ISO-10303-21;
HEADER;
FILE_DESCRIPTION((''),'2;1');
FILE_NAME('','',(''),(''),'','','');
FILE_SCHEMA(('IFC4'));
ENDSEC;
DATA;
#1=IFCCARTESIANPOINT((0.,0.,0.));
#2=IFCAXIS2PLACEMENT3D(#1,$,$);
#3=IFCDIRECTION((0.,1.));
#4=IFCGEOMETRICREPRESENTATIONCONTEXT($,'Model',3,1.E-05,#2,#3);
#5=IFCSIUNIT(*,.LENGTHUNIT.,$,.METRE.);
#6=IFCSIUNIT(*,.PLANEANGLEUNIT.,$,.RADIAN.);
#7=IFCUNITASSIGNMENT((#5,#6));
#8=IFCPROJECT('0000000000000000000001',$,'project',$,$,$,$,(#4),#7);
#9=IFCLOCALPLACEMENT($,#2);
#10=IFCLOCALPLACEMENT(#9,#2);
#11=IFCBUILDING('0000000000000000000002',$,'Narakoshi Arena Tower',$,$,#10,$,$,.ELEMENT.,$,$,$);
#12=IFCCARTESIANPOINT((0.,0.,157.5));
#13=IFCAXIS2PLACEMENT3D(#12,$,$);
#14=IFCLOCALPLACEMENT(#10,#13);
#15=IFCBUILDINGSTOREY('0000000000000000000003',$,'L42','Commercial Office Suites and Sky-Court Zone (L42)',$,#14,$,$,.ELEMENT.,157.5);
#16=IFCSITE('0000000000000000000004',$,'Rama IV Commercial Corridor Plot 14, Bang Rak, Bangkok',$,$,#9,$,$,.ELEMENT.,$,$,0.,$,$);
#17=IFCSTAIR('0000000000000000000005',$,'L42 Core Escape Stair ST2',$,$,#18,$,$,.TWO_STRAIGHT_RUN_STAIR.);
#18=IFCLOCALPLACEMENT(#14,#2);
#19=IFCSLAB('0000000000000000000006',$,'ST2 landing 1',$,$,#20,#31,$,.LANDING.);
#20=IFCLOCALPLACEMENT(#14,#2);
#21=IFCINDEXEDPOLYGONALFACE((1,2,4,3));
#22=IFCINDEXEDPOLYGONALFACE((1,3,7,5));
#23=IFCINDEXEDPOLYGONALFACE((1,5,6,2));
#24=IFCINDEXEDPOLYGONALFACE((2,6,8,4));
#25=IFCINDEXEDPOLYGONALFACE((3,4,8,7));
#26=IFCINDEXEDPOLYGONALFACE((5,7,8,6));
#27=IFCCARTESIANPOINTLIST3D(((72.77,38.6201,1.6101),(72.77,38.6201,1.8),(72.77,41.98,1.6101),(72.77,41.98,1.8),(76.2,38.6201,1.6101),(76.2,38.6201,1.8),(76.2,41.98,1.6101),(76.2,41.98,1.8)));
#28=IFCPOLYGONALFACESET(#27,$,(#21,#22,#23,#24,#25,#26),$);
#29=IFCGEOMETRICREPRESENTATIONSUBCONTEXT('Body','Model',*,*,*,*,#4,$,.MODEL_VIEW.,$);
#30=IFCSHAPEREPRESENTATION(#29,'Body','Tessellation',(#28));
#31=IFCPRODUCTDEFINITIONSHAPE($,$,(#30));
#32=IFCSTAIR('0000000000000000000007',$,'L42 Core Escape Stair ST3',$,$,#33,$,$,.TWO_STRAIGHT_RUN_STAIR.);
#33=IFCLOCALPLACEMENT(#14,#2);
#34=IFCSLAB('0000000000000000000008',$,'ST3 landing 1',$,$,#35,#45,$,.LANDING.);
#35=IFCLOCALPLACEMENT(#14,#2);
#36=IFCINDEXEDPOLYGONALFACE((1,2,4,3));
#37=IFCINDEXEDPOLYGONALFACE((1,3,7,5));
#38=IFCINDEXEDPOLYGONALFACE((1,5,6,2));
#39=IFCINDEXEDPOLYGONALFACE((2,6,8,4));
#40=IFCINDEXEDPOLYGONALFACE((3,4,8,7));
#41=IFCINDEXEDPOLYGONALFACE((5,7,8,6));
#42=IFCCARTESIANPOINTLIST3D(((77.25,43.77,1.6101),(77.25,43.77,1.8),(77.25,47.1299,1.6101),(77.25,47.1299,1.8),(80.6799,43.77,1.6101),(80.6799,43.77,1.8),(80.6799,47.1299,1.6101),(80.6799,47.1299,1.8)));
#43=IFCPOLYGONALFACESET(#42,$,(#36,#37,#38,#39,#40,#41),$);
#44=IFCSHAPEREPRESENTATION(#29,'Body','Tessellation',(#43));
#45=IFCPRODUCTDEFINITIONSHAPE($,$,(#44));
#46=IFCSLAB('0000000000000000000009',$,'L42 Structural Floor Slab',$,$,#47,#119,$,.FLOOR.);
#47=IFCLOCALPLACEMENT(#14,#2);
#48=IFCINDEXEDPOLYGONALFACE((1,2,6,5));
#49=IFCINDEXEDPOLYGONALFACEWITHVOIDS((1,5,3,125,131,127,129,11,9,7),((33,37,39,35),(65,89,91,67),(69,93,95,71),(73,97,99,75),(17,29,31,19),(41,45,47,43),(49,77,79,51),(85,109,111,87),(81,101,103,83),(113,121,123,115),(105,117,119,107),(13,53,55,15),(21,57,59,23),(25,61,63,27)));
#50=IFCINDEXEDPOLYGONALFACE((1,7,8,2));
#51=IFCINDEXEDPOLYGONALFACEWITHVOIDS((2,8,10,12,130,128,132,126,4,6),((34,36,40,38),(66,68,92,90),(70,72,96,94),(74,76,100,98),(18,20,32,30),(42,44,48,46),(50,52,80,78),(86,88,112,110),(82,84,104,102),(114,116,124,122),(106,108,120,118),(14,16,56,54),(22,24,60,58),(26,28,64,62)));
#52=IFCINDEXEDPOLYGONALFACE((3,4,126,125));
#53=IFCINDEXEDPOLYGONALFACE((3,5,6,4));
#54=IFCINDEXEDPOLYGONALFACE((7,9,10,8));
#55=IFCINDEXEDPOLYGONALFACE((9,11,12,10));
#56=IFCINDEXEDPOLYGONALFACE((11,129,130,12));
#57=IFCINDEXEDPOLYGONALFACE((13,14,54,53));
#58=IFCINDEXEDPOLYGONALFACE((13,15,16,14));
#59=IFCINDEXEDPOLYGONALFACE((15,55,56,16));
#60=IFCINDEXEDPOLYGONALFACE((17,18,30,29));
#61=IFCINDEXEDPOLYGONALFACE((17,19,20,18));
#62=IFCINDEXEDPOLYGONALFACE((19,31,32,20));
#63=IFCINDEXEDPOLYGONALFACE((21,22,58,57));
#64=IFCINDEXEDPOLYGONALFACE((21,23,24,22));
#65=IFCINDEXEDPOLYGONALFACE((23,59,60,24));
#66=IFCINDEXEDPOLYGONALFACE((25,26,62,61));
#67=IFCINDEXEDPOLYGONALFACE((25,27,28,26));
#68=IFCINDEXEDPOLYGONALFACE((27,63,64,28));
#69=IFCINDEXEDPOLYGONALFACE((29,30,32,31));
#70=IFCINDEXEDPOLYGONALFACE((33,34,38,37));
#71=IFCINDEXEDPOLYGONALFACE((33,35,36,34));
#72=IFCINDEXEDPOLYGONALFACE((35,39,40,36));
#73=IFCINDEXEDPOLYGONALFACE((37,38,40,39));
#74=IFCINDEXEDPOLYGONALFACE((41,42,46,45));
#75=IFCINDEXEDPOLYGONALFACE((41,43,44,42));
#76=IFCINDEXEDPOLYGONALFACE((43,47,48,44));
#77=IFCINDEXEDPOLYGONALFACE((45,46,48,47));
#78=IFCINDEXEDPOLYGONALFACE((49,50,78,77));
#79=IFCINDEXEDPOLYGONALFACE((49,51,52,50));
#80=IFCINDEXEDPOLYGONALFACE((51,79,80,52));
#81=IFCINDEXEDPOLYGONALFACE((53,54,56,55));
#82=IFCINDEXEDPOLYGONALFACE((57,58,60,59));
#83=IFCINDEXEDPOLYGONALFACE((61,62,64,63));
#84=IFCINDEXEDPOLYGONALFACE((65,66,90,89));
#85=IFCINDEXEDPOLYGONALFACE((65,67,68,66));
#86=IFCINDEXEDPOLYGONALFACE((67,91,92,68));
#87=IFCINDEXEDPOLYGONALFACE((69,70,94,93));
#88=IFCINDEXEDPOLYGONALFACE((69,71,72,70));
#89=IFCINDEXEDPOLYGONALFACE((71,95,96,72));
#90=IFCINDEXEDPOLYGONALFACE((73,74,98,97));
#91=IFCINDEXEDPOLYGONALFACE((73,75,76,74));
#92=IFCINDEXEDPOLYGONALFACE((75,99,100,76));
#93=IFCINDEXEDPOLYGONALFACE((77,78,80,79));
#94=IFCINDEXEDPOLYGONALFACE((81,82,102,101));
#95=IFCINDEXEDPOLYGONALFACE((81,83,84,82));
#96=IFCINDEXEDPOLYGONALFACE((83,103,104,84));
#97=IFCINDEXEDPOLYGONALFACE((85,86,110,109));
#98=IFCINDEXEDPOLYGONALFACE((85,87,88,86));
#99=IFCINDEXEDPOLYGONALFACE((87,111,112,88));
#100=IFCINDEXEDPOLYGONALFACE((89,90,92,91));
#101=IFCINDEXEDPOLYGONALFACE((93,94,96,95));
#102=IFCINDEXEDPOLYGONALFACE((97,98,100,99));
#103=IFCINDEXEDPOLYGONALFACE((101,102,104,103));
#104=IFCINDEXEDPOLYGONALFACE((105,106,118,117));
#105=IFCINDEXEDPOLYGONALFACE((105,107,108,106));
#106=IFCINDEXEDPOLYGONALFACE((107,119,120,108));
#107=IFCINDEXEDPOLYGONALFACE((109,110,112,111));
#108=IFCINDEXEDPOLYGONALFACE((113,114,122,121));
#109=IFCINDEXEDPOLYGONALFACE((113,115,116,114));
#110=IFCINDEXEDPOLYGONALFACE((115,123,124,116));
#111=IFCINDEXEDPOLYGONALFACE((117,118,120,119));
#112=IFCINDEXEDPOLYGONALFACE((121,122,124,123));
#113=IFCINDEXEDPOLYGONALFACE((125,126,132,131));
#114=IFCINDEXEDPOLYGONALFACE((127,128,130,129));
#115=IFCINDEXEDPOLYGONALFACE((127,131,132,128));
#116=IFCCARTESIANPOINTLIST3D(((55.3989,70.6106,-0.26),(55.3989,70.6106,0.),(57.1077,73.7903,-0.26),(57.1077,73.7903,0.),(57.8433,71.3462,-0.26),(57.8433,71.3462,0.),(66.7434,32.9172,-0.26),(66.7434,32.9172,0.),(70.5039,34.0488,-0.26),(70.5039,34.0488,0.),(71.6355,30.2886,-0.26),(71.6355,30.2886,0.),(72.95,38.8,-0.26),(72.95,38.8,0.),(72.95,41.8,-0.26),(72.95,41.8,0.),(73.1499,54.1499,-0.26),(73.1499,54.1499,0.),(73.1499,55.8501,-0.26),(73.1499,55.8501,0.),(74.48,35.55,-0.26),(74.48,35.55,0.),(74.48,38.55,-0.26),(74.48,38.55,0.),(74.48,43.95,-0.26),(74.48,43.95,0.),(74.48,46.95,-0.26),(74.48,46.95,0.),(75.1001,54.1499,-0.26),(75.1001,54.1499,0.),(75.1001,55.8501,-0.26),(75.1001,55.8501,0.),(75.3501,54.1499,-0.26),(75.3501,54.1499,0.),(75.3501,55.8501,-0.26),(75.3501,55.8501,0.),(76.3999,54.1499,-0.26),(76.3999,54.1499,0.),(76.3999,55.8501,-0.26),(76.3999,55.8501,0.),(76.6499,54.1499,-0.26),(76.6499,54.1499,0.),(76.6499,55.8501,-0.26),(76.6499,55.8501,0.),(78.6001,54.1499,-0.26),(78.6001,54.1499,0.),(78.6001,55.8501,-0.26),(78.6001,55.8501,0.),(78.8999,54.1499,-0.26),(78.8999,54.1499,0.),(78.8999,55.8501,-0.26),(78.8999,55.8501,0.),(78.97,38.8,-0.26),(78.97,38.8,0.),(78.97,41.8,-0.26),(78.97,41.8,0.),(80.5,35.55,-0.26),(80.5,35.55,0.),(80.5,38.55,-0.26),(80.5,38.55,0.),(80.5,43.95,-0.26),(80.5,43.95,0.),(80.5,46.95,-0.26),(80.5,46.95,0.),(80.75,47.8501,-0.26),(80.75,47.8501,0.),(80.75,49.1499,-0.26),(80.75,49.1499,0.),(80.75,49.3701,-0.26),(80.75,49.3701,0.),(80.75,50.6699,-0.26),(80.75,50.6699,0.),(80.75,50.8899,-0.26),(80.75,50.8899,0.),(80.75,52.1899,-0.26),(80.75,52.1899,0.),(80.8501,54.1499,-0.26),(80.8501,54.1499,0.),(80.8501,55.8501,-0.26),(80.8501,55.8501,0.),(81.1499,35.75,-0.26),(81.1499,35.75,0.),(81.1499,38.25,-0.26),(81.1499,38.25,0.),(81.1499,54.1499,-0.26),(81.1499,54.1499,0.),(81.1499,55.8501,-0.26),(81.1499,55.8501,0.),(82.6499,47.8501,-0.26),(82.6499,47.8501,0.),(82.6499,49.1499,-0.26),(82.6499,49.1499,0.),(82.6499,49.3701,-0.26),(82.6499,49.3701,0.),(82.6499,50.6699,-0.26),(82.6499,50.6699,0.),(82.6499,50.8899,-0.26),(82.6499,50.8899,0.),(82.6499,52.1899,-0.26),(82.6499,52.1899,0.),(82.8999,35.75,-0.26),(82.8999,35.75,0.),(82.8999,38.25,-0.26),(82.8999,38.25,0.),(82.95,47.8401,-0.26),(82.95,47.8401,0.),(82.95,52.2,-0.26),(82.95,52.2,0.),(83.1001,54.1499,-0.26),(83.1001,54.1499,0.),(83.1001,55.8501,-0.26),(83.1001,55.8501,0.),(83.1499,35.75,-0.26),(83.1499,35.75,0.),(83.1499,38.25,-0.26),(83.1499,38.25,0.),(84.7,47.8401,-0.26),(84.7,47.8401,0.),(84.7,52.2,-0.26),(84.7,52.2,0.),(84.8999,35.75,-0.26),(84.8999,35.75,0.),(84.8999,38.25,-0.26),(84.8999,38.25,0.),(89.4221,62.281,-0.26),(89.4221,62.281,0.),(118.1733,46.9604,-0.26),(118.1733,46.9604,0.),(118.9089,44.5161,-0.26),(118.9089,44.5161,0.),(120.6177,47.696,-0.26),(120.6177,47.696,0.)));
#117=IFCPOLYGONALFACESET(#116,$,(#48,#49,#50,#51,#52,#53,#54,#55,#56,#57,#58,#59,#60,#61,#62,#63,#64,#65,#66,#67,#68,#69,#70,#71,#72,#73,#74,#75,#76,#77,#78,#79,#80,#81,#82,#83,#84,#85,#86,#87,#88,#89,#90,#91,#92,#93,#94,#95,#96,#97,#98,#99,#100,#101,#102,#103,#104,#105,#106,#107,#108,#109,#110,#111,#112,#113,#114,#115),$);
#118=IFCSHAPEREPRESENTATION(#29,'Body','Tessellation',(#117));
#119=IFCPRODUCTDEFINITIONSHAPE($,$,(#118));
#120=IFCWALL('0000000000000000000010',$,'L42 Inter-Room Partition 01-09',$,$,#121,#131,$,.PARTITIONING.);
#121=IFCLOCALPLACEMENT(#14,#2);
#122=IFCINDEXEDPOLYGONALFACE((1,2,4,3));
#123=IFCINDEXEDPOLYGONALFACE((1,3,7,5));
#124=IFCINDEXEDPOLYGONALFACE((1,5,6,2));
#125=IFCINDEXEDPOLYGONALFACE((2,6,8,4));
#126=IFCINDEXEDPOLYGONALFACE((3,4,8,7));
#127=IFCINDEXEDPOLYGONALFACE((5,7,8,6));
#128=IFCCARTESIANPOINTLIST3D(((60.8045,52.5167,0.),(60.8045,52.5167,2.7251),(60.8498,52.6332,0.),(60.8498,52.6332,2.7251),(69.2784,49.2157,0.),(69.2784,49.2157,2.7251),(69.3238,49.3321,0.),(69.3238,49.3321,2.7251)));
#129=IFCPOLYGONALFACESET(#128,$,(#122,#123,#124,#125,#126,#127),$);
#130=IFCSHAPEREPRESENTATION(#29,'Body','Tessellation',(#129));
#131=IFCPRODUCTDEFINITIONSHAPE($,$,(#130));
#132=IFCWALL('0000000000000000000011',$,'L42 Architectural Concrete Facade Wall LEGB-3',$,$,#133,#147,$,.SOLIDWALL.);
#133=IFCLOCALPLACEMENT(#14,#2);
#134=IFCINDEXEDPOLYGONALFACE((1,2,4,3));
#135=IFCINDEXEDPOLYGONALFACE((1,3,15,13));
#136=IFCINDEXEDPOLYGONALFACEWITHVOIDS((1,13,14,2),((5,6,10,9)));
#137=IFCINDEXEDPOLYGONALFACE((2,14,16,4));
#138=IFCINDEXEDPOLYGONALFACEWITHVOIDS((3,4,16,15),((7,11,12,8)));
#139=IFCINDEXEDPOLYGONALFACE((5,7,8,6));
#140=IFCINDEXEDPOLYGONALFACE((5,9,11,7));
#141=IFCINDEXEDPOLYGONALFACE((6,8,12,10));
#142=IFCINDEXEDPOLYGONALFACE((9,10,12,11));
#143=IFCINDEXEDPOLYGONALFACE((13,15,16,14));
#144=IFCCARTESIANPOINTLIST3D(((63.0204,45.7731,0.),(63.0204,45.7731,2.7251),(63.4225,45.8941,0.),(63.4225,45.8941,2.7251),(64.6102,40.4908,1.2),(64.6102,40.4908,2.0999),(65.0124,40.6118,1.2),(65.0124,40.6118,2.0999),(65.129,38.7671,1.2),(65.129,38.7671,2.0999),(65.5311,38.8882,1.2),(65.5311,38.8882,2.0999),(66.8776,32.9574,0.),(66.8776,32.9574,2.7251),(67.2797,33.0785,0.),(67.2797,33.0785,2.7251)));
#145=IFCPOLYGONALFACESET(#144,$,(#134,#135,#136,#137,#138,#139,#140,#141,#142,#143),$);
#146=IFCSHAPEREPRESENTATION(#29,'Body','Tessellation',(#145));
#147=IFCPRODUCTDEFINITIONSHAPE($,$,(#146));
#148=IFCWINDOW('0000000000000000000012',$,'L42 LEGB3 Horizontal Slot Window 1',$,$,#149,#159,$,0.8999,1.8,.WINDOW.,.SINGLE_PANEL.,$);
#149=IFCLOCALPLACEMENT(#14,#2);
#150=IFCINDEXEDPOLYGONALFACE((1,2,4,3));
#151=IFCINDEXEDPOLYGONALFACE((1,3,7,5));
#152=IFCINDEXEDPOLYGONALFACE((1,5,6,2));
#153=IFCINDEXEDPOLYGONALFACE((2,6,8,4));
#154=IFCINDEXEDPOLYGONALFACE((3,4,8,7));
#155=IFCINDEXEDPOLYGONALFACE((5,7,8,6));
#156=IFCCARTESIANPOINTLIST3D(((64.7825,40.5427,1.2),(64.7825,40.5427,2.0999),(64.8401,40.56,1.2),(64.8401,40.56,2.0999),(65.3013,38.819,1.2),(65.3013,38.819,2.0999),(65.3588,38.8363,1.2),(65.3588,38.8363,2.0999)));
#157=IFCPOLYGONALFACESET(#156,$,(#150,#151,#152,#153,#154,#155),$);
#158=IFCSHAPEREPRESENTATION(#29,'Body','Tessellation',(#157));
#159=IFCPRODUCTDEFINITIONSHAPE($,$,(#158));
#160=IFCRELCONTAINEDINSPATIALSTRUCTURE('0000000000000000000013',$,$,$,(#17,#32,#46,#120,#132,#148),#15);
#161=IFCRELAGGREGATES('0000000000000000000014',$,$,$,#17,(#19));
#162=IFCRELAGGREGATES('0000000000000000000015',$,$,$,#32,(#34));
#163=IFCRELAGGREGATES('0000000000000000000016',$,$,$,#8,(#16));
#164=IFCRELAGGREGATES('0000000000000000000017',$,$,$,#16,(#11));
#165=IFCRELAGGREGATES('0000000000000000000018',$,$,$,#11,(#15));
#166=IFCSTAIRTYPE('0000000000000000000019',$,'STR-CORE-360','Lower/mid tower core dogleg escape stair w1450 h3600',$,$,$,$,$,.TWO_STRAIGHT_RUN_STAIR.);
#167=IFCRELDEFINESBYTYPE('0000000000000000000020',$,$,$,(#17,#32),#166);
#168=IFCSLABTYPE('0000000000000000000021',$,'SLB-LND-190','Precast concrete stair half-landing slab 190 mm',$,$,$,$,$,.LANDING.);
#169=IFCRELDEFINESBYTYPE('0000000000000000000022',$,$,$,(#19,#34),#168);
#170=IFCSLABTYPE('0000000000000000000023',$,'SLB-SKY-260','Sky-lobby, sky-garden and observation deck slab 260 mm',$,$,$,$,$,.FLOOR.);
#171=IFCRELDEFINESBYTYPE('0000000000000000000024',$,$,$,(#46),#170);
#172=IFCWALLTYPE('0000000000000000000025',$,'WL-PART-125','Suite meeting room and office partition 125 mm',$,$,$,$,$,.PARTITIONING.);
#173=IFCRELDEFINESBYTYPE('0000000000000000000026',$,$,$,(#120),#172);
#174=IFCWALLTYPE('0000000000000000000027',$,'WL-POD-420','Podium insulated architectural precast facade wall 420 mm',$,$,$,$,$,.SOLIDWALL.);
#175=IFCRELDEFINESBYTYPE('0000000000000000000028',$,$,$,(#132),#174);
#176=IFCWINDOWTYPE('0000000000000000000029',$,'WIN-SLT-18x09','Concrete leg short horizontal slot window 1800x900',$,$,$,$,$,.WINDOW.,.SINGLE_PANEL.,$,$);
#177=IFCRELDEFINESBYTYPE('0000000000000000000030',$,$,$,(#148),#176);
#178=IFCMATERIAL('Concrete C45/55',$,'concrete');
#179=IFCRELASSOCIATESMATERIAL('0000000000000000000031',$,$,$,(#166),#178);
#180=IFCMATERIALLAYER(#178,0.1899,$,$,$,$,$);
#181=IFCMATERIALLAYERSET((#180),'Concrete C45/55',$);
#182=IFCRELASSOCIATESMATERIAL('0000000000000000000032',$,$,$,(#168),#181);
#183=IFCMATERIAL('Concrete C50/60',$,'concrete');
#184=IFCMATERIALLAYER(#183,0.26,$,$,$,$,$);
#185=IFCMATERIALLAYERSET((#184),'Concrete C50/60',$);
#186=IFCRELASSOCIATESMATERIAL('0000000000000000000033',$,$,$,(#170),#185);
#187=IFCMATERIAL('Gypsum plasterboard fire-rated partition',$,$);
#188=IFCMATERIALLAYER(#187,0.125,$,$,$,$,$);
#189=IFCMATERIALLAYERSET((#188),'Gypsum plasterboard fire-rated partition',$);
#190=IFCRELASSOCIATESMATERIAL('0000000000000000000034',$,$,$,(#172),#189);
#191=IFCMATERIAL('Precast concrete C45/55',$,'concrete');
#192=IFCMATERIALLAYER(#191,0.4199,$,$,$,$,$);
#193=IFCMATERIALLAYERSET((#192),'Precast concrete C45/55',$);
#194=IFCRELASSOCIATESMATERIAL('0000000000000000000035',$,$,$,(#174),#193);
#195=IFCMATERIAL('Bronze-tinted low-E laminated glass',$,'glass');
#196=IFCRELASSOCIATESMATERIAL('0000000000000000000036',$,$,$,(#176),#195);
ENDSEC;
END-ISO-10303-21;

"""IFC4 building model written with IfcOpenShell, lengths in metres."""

from ifc_helpers import new_model, si_unit, direction, frame, frame_2d, origin, place, context, subcontext, project, spatial, polyline, rectangle, outline, extrude, material, layer, layer_set, type_object, element, fill, aggregate, save


model = new_model("IFC4")

# Units and contexts
model_context = context("Model", 3, precision=1e-05, world=origin(), true_north=direction((0.0, 1.0)))
body_context = subcontext(model_context, "Body", "Model", "MODEL_VIEW")
ifc_project = project(units=[si_unit("LENGTHUNIT", "METRE"), si_unit("PLANEANGLEUNIT", "RADIAN")], contexts=[model_context])

# Site, building, storey
site_placement = place(None, origin())
site = spatial("IfcSite", under=ifc_project, at=site_placement, Name="Rama IV Commercial Corridor Plot 14, Bang Rak, Bangkok", CompositionType="ELEMENT", RefElevation=0.0)
building_placement = place(site_placement, origin())
building = spatial("IfcBuilding", under=site, at=building_placement, Name="Narakoshi Arena Tower", CompositionType="ELEMENT")
storey_placement = place(building_placement, frame((0.0, 0.0, 157.5)))
storey = spatial("IfcBuildingStorey", under=building, at=storey_placement, Name="L42", Description="Commercial Office Suites and Sky-Court Zone (L42)", CompositionType="ELEMENT", Elevation=157.5)

# Stairs, slabs
ifc_material_1 = material(Name="Concrete C45/55", Category="concrete")
stair_type = type_object("IfcStairType", Name="STR-CORE-360", Description="Lower/mid tower core dogleg escape stair w1450 h3600", PredefinedType="TWO_STRAIGHT_RUN_STAIR", material=ifc_material_1)
ifc_layer_1 = layer(ifc_material_1, 0.1899)
ifc_layer_set_1 = layer_set([ifc_layer_1], Name="Concrete C45/55")
slab_type_1 = type_object("IfcSlabType", Name="SLB-LND-190", Description="Precast concrete stair half-landing slab 190 mm", PredefinedType="LANDING", material=ifc_layer_set_1)
stair_1_placement = place(storey_placement, origin())
stair_1 = element("IfcStair", 1, at=stair_1_placement, inside=storey, type_object=stair_type, Name="L42 Core Escape Stair ST2", PredefinedType="TWO_STRAIGHT_RUN_STAIR")
slab_1_placement = place(storey_placement, frame((0.0, 0.0, 1.6101)))
slab_1 = element("IfcSlab", 2, at=slab_1_placement, type_object=slab_type_1, Name="ST2 landing 1", PredefinedType="LANDING", context=body_context, shape_type="SweptSolid", body=[
    extrude(outline(polyline([(72.77, 38.6201), (76.2, 38.6201), (76.2, 41.98), (72.77, 41.98), (72.77, 38.6201)])), origin(), (0.0, 0.0, 1.0), 0.1899),
])
aggregate(stair_1, [slab_1])
stair_2_placement = place(storey_placement, origin())
stair_2 = element("IfcStair", 3, at=stair_2_placement, inside=storey, type_object=stair_type, Name="L42 Core Escape Stair ST3", PredefinedType="TWO_STRAIGHT_RUN_STAIR")
slab_2_placement = place(storey_placement, frame((0.0, 0.0, 1.6101)))
slab_2 = element("IfcSlab", 4, at=slab_2_placement, type_object=slab_type_1, Name="ST3 landing 1", PredefinedType="LANDING", context=body_context, shape_type="SweptSolid", body=[
    extrude(outline(polyline([(77.25, 43.77), (80.6799, 43.77), (80.6799, 47.1299), (77.25, 47.1299), (77.25, 43.77)])), origin(), (0.0, 0.0, 1.0), 0.1899),
])
aggregate(stair_2, [slab_2])

# Slab
ifc_material_2 = material(Name="Concrete C50/60", Category="concrete")
ifc_layer_2 = layer(ifc_material_2, 0.26)
ifc_layer_set_2 = layer_set([ifc_layer_2], Name="Concrete C50/60")
slab_type_2 = type_object("IfcSlabType", Name="SLB-SKY-260", Description="Sky-lobby, sky-garden and observation deck slab 260 mm", PredefinedType="FLOOR", material=ifc_layer_set_2)
slab_3_placement = place(storey_placement, frame((0.0, 0.0, -0.26)))
element("IfcSlab", 5, at=slab_3_placement, inside=storey, type_object=slab_type_2, Name="L42 Structural Floor Slab", PredefinedType="FLOOR", context=body_context, shape_type="SweptSolid", body=[
    extrude(outline(polyline([(71.6355, 30.2886), (118.9089, 44.5161), (118.1733, 46.9604), (120.6177, 47.696), (89.4221, 62.281), (57.1077, 73.7903), (57.8433, 71.3462), (55.3989, 70.6106), (66.7434, 32.9172), (70.5039, 34.0488), (71.6355, 30.2886)]), holes=[polyline([(80.5, 35.55), (74.48, 35.55), (74.48, 38.55), (80.5, 38.55), (80.5, 35.55)]), polyline([(82.8999, 35.75), (81.1499, 35.75), (81.1499, 38.25), (82.8999, 38.25), (82.8999, 35.75)]), polyline([(83.1499, 35.75), (83.1499, 38.25), (84.8999, 38.25), (84.8999, 35.75), (83.1499, 35.75)]), polyline([(72.95, 38.8), (72.95, 41.8), (78.97, 41.8), (78.97, 38.8), (72.95, 38.8)]), polyline([(74.48, 43.95), (74.48, 46.95), (80.5, 46.95), (80.5, 43.95), (74.48, 43.95)]), polyline([(82.95, 47.8401), (82.95, 52.2), (84.7, 52.2), (84.7, 47.8401), (82.95, 47.8401)]), polyline([(80.75, 47.8501), (80.75, 49.1499), (82.6499, 49.1499), (82.6499, 47.8501), (80.75, 47.8501)]), polyline([(80.75, 49.3701), (80.75, 50.6699), (82.6499, 50.6699), (82.6499, 49.3701), (80.75, 49.3701)]), polyline([(80.75, 50.8899), (80.75, 52.1899), (82.6499, 52.1899), (82.6499, 50.8899), (80.75, 50.8899)]), polyline([(73.1499, 54.1499), (73.1499, 55.8501), (75.1001, 55.8501), (75.1001, 54.1499), (73.1499, 54.1499)]), polyline([(75.3501, 54.1499), (75.3501, 55.8501), (76.3999, 55.8501), (76.3999, 54.1499), (75.3501, 54.1499)]), polyline([(76.6499, 54.1499), (76.6499, 55.8501), (78.6001, 55.8501), (78.6001, 54.1499), (76.6499, 54.1499)]), polyline([(78.8999, 54.1499), (78.8999, 55.8501), (80.8501, 55.8501), (80.8501, 54.1499), (78.8999, 54.1499)]), polyline([(81.1499, 54.1499), (81.1499, 55.8501), (83.1001, 55.8501), (83.1001, 54.1499), (81.1499, 54.1499)])]), origin(), (0.0, 0.0, 1.0), 0.26),
])

# Wall
ifc_material_3 = material(Name="Gypsum plasterboard fire-rated partition")
ifc_layer_3 = layer(ifc_material_3, 0.125)
ifc_layer_set_3 = layer_set([ifc_layer_3], Name="Gypsum plasterboard fire-rated partition")
wall_type_1 = type_object("IfcWallType", Name="WL-PART-125", Description="Suite meeting room and office partition 125 mm", PredefinedType="PARTITIONING", material=ifc_layer_set_3)
wall_1_placement = place(storey_placement, frame((60.8271, 52.575, 0.0), z_axis=(0.0, 0.0, 1.0), x_axis=(0.931795, -0.362984, 0.0)))
element("IfcWall", 6, at=wall_1_placement, inside=storey, type_object=wall_type_1, Name="L42 Inter-Room Partition 01-09", PredefinedType="PARTITIONING", context=body_context, shape_type="SweptSolid", body=[
    extrude(rectangle(XDim=9.0942, YDim=0.125, at=frame_2d((4.5471, 0.0))), origin(), (0.0, 0.0, 1.0), 2.7251),
])

# Wall, opening, window
ifc_material_4 = material(Name="Precast concrete C45/55", Category="concrete")
ifc_layer_4 = layer(ifc_material_4, 0.4199)
ifc_layer_set_4 = layer_set([ifc_layer_4], Name="Precast concrete C45/55")
wall_type_2 = type_object("IfcWallType", Name="WL-POD-420", Description="Podium insulated architectural precast facade wall 420 mm", PredefinedType="SOLIDWALL", material=ifc_layer_set_4)
wall_2_placement = place(storey_placement, frame((63.2214, 45.8337, 0.0), z_axis=(0.0, 0.0, 1.0), x_axis=(0.288203, -0.957569, 0.0)))
wall_2 = element("IfcWall", 7, at=wall_2_placement, inside=storey, type_object=wall_type_2, Name="L42 Architectural Concrete Facade Wall LEGB-3", PredefinedType="SOLIDWALL", context=body_context, shape_type="SweptSolid", body=[
    extrude(rectangle(XDim=13.3835, YDim=0.4199, at=frame_2d((6.6919, 0.0))), origin(), (0.0, 0.0, 1.0), 2.7251),
])
opening_placement = place(wall_2_placement, frame((5.5166, 0.0, 1.2)))
opening = element("IfcOpeningElement", 8, at=opening_placement, cuts=wall_2, PredefinedType="OPENING", context=body_context, shape_type="SweptSolid", body=[
    extrude(rectangle(XDim=1.8, YDim=0.8999, at=frame_2d((0.8999, 0.45))), frame((0.0, 0.22, 0.0), z_axis=(0.0, -1.0, 0.0), x_axis=(1.0, 0.0, 0.0)), (0.0, 0.0, 1.0), 0.4399),
])
ifc_material_5 = material(Name="Bronze-tinted low-E laminated glass", Category="glass")
window_type = type_object("IfcWindowType", Name="WIN-SLT-18x09", Description="Concrete leg short horizontal slot window 1800x900", PartitioningType="SINGLE_PANEL", PredefinedType="WINDOW", material=ifc_material_5)
window_placement = place(opening_placement, origin())
window = element("IfcWindow", 9, at=window_placement, inside=storey, type_object=window_type, Name="L42 LEGB3 Horizontal Slot Window 1", OverallHeight=0.8999, OverallWidth=1.8, PartitioningType="SINGLE_PANEL", PredefinedType="WINDOW", context=body_context, shape_type="SweptSolid", body=[
    extrude(rectangle(XDim=1.8, YDim=0.8999, at=frame_2d((0.8999, 0.45))), frame((0.0, 0.03, 0.0), z_axis=(0.0, -1.0, 0.0), x_axis=(1.0, 0.0, 0.0)), (0.0, 0.0, 1.0), 0.0601),
])
fill(opening, window)

save(model, "model.ifc")
